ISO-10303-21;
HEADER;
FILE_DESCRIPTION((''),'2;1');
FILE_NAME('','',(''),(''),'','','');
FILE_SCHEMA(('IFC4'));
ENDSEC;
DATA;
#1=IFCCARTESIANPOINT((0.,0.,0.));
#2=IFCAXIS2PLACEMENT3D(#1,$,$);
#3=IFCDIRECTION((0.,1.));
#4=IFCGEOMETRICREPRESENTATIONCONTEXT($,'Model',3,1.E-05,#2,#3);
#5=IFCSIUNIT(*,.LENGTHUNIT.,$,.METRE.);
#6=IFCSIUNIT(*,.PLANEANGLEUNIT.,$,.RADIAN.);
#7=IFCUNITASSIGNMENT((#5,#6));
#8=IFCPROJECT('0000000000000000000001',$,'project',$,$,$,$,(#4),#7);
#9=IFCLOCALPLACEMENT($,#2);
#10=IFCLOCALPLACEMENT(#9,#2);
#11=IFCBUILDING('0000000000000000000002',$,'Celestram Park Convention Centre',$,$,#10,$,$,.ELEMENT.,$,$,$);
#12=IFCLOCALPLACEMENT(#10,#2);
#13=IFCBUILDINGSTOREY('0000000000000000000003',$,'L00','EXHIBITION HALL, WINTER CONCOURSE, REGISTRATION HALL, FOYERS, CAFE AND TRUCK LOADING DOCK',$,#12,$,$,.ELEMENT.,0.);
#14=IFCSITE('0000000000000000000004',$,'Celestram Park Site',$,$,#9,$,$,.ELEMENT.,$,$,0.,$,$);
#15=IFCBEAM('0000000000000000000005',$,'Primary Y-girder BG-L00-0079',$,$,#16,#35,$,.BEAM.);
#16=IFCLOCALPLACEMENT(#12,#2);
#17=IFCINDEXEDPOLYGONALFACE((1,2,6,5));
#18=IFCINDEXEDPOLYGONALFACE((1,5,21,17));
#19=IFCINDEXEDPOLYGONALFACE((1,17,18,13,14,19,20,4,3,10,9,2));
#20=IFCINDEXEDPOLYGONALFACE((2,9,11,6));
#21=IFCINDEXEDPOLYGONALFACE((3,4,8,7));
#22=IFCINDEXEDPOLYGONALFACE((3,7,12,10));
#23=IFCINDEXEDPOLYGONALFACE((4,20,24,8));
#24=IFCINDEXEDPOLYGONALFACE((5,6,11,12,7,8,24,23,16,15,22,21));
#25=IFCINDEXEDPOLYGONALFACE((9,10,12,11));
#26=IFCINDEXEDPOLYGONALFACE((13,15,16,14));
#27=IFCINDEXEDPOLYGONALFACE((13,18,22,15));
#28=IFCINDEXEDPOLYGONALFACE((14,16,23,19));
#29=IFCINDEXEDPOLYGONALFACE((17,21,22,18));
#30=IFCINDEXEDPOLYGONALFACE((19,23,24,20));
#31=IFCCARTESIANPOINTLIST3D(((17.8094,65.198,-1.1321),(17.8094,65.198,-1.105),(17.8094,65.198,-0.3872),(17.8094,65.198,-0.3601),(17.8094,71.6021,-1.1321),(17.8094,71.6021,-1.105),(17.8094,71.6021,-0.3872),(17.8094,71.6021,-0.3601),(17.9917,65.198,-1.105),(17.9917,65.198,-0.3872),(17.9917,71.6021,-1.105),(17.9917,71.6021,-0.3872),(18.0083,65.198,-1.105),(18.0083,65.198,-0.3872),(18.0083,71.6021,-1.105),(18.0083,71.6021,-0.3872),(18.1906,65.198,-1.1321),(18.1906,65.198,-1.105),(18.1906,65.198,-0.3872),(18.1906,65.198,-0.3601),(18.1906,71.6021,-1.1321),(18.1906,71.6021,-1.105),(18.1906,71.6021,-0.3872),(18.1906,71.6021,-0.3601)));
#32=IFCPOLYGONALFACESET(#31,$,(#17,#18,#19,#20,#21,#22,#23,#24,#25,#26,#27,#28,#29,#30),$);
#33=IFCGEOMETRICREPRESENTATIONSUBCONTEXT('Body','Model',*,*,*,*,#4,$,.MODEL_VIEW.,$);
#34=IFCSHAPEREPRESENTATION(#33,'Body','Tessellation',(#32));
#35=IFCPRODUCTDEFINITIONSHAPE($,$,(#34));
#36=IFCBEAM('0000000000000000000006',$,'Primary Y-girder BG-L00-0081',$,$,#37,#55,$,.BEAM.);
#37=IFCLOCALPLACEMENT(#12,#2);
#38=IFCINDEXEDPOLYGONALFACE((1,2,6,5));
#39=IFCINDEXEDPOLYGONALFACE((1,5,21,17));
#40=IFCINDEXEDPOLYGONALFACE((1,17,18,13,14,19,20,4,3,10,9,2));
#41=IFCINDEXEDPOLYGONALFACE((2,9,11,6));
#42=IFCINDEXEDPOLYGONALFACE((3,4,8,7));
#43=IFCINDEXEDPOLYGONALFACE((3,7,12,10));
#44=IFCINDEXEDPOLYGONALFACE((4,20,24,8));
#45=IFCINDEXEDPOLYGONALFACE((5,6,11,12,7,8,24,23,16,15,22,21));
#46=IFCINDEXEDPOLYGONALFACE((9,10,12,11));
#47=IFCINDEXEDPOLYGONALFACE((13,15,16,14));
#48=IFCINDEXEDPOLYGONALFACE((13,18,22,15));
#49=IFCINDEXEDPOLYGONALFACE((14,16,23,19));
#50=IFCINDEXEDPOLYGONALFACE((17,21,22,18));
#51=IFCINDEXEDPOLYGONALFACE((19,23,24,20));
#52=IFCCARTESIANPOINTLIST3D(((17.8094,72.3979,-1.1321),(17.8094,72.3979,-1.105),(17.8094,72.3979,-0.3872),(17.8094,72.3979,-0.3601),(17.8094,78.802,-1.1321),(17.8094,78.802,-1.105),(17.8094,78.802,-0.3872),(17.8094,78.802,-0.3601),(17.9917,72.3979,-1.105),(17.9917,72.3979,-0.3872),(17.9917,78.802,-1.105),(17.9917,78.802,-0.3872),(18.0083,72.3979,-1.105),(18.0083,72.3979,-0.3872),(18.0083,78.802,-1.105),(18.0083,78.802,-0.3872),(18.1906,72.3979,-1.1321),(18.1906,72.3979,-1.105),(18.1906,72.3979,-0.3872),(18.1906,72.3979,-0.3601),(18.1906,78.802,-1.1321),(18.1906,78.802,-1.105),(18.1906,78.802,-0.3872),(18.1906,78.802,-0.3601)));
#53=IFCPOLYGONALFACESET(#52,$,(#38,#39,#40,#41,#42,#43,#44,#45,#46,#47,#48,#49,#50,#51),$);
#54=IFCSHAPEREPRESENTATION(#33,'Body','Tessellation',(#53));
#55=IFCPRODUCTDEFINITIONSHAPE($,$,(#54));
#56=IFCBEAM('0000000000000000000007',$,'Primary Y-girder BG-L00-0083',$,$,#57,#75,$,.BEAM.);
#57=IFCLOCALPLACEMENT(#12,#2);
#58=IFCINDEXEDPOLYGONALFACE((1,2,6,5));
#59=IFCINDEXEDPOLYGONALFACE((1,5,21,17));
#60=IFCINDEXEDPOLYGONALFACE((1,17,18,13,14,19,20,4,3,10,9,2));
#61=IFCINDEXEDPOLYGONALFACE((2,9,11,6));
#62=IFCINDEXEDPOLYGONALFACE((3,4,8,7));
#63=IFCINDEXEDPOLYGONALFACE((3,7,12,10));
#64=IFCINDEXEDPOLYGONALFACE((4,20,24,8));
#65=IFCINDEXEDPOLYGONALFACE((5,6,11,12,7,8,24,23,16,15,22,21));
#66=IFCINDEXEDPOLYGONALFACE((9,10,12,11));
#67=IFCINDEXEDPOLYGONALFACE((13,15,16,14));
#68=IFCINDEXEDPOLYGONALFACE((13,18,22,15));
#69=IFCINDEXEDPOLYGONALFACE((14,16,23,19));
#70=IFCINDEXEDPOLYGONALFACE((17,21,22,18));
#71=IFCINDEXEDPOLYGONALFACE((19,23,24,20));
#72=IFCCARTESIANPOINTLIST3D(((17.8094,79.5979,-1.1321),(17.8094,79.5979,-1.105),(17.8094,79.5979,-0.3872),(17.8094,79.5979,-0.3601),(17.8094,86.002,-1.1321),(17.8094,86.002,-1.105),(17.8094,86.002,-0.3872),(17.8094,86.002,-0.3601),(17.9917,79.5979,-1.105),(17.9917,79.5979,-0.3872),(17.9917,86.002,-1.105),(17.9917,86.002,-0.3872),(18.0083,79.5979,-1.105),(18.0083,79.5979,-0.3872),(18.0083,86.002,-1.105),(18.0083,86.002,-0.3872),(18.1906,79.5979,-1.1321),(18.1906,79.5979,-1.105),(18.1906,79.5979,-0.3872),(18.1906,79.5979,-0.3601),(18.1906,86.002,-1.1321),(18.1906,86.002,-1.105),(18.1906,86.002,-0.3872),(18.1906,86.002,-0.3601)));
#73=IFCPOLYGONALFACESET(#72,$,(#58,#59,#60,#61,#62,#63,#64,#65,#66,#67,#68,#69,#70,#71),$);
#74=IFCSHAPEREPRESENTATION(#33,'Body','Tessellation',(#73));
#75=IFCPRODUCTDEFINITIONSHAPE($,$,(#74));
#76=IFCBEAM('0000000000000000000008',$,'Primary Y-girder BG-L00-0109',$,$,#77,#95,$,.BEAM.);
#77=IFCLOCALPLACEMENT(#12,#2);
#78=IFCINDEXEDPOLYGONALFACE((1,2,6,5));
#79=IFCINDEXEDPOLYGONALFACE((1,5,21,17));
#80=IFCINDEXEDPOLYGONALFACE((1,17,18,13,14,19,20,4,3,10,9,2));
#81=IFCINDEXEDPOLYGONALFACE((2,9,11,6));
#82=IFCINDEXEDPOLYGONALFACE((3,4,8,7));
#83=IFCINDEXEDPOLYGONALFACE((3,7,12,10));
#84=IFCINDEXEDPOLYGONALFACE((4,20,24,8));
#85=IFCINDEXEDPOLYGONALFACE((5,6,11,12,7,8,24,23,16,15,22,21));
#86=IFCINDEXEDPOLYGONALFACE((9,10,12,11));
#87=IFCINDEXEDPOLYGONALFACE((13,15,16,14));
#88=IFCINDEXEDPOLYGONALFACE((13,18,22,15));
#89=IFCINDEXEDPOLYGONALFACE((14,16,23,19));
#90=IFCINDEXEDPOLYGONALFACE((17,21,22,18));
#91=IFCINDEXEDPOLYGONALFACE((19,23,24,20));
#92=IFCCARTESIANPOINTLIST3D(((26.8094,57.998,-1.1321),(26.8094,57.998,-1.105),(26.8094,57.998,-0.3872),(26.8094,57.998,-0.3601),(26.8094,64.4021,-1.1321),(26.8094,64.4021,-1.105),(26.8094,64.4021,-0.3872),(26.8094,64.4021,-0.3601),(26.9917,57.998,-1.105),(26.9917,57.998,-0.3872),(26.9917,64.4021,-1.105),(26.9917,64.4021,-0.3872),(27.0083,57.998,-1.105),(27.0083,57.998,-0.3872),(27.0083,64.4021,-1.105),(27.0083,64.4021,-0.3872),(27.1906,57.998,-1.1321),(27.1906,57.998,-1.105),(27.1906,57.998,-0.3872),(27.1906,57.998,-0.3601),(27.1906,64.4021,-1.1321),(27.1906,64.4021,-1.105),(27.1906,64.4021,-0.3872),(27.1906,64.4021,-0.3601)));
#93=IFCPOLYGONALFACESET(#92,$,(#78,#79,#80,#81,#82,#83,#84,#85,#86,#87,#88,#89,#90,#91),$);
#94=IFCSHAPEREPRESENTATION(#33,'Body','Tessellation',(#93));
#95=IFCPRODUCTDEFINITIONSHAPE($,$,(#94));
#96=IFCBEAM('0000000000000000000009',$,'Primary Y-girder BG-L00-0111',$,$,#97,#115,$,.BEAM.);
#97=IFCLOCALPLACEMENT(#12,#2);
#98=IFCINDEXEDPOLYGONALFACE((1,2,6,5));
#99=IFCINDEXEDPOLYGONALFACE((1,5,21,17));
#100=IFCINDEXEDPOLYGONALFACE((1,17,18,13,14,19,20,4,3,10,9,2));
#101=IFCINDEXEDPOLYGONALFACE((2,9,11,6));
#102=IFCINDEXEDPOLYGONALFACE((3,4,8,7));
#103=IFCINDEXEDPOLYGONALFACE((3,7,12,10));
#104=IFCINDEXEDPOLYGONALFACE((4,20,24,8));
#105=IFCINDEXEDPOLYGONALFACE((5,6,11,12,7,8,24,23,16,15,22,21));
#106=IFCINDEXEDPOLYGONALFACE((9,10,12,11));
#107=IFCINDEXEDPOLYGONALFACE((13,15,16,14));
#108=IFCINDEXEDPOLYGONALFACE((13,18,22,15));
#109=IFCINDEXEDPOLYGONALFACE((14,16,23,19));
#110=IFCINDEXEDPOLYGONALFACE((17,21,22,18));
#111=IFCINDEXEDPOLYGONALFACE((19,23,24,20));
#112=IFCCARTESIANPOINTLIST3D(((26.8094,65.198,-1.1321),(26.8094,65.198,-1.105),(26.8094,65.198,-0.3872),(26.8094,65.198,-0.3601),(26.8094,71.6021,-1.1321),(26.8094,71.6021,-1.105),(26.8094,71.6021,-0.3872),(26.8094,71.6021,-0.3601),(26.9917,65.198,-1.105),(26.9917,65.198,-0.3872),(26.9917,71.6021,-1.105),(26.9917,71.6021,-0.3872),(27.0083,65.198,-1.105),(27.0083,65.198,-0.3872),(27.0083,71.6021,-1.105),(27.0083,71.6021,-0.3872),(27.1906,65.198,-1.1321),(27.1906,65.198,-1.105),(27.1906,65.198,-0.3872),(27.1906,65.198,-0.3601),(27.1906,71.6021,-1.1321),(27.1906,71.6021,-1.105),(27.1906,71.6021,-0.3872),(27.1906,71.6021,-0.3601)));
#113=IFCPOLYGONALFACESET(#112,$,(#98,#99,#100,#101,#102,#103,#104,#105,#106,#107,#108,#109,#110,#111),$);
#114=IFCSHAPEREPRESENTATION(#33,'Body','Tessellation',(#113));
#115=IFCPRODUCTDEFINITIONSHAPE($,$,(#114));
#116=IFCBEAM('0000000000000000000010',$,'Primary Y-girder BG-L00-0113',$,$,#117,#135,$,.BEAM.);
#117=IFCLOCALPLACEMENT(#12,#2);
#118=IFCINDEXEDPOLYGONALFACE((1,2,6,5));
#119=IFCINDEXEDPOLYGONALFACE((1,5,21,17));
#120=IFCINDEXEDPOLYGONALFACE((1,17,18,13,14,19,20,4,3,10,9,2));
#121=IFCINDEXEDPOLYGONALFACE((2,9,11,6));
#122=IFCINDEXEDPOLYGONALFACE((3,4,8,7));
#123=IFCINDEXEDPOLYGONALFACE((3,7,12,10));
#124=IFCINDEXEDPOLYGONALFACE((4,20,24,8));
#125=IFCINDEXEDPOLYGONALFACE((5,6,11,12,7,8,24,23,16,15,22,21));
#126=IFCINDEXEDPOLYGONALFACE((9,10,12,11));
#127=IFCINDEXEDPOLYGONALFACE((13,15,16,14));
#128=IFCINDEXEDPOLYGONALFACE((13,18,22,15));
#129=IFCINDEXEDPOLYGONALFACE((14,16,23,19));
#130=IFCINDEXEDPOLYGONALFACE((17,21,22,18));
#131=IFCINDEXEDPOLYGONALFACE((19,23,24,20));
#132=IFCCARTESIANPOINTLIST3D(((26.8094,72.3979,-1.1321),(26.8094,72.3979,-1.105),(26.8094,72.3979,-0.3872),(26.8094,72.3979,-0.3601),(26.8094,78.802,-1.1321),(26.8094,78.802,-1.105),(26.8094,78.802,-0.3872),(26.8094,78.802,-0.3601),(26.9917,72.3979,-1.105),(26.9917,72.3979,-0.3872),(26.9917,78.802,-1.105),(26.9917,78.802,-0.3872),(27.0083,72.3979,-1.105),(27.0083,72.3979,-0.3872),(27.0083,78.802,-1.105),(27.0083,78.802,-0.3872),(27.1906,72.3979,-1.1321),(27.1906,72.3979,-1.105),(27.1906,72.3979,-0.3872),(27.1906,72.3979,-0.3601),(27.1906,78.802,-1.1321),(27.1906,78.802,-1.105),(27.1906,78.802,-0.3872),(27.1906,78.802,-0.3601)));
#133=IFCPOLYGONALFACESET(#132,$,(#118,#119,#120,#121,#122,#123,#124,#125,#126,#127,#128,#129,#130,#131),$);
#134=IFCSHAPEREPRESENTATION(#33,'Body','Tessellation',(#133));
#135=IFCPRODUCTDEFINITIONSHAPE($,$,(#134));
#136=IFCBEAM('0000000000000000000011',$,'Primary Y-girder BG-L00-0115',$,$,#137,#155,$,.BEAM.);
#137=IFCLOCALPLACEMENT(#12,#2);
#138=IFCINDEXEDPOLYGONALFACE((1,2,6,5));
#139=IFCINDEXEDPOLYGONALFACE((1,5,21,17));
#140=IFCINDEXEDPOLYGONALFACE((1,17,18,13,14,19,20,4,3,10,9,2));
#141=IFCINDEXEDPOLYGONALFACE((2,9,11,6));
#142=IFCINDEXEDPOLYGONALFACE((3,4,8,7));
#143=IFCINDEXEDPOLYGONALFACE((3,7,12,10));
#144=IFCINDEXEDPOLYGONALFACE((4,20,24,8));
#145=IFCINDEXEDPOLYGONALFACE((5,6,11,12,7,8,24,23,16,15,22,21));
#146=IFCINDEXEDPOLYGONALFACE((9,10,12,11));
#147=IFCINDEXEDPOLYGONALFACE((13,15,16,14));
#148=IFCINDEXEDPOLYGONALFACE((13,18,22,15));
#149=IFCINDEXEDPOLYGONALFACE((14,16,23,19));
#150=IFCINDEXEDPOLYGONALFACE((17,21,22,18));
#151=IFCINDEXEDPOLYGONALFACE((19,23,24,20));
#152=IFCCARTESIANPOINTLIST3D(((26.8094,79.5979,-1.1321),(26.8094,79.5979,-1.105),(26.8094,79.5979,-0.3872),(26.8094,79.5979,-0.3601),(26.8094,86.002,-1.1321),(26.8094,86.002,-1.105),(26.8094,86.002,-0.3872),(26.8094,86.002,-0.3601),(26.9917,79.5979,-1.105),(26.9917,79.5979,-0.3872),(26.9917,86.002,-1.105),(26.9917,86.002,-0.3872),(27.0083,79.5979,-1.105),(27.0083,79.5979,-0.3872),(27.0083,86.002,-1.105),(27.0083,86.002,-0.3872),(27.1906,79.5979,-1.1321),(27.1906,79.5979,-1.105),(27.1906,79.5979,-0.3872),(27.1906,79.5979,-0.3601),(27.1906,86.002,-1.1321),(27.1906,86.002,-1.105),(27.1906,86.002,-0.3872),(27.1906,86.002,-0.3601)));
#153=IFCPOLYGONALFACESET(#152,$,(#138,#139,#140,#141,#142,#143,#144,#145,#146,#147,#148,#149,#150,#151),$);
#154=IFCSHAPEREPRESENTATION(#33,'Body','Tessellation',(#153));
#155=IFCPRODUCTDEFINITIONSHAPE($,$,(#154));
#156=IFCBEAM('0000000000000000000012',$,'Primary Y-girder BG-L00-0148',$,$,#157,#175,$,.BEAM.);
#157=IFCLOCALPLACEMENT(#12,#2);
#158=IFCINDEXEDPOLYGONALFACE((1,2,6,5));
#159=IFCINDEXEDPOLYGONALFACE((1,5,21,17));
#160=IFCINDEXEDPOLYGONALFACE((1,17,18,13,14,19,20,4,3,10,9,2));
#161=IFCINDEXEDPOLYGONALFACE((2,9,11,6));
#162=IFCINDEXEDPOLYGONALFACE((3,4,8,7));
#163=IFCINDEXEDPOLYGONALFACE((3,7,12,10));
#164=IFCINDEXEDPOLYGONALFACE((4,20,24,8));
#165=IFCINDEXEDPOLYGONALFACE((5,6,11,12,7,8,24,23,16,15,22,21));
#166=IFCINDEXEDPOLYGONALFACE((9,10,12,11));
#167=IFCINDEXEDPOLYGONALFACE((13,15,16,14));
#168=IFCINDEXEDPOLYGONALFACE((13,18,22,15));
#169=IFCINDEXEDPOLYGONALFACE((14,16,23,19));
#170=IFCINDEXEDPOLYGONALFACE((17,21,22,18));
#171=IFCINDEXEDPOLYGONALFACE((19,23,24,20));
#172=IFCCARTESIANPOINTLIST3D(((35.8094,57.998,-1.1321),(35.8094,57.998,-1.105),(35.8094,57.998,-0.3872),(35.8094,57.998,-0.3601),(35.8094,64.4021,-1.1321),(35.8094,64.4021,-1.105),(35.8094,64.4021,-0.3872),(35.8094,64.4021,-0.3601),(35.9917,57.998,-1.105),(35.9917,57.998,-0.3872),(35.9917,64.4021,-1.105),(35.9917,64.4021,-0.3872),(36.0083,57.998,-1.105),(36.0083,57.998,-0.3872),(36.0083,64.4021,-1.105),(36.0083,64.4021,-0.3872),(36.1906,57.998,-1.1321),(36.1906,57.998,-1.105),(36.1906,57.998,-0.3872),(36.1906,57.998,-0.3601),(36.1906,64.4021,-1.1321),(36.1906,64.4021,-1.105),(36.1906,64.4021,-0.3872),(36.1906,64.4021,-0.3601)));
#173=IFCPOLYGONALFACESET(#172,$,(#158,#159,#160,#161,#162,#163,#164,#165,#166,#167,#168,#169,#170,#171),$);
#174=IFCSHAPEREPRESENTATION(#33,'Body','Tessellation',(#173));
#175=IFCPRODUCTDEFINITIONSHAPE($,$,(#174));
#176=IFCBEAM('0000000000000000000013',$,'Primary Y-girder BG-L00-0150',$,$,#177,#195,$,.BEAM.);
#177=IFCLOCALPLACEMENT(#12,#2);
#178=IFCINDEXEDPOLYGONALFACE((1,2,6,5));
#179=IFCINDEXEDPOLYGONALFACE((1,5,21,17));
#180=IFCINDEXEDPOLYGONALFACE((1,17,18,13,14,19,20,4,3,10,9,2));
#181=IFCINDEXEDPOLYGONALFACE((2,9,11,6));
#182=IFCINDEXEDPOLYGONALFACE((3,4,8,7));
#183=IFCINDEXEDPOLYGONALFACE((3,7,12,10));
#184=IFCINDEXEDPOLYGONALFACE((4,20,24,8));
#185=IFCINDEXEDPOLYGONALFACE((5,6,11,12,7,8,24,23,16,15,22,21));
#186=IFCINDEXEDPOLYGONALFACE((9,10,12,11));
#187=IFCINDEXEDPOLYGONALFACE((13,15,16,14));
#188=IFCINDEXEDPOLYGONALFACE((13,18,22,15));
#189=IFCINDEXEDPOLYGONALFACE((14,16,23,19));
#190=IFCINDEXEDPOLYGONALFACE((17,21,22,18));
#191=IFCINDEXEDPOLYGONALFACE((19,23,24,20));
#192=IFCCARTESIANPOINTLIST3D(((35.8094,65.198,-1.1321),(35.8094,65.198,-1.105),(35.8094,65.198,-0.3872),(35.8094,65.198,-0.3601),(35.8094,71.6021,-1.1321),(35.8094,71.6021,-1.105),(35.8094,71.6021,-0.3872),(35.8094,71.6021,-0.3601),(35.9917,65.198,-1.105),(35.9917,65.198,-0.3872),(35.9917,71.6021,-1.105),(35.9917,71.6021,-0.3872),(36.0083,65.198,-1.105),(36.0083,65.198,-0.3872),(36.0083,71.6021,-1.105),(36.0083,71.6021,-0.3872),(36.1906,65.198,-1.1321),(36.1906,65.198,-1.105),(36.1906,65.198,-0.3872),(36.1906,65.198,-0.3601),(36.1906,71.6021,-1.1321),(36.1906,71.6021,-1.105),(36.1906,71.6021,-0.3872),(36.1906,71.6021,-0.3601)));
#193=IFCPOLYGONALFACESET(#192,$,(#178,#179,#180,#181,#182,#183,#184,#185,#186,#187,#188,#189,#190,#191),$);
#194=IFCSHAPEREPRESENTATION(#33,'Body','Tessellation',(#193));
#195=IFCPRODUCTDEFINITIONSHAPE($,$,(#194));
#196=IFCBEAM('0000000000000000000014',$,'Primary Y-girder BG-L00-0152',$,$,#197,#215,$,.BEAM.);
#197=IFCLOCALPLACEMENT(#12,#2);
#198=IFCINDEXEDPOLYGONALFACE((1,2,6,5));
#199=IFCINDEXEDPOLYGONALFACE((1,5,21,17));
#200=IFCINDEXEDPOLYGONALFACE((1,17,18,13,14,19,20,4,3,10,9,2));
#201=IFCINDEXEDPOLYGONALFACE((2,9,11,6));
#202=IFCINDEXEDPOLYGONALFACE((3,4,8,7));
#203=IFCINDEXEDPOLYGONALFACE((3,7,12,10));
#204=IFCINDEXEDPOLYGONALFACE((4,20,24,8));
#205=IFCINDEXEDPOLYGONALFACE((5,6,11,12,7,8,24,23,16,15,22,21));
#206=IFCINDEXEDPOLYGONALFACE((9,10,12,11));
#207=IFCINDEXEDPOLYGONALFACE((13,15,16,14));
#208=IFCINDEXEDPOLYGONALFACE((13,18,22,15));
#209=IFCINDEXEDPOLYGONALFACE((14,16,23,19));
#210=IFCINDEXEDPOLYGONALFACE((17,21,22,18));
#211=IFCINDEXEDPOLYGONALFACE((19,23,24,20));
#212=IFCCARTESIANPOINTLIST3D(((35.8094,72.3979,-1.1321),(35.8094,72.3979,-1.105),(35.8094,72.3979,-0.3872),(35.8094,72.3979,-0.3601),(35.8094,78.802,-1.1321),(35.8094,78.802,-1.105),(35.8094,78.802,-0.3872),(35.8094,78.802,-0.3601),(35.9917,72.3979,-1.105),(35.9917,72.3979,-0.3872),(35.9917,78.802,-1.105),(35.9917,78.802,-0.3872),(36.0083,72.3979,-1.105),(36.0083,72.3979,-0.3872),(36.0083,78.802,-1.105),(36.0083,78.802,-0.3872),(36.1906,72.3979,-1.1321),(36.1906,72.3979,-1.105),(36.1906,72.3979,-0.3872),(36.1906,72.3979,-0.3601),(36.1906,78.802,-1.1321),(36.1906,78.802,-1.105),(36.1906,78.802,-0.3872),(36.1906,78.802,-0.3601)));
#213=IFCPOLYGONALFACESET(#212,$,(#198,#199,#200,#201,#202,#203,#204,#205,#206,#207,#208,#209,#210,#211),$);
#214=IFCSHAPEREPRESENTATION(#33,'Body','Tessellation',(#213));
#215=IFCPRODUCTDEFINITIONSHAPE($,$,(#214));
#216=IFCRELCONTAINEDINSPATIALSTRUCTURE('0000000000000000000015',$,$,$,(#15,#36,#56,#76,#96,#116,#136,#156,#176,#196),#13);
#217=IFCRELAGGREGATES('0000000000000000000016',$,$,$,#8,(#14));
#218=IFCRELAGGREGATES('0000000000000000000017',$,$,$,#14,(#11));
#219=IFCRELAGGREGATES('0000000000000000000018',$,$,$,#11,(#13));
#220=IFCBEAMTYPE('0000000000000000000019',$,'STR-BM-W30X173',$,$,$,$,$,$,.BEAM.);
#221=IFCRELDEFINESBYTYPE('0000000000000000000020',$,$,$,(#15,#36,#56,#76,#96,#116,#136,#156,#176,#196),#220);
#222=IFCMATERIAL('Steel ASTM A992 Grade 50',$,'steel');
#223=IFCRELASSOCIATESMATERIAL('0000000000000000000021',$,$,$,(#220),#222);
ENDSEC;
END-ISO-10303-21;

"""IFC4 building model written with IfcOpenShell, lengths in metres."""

from ifc_helpers import new_model, si_unit, direction, frame, origin, origin_2d, place, context, subcontext, project, spatial, i_section, extrude, material, material_profile, profile_set, type_object, element, save


model = new_model("IFC4")

# Units and contexts
model_context = context("Model", 3, precision=1e-05, world=origin(), true_north=direction((0.0, 1.0)))
body_context = subcontext(model_context, "Body", "Model", "MODEL_VIEW")
ifc_project = project(units=[si_unit("LENGTHUNIT", "METRE"), si_unit("PLANEANGLEUNIT", "RADIAN")], contexts=[model_context])

# Site, building, storey
site_placement = place(None, origin())
site = spatial("IfcSite", under=ifc_project, at=site_placement, Name="Celestram Park Site", CompositionType="ELEMENT", RefElevation=0.0)
building_placement = place(site_placement, origin())
building = spatial("IfcBuilding", under=site, at=building_placement, Name="Celestram Park Convention Centre", CompositionType="ELEMENT")
storey_placement = place(building_placement, origin())
storey = spatial("IfcBuildingStorey", under=building, at=storey_placement, Name="L00", Description="EXHIBITION HALL, WINTER CONCOURSE, REGISTRATION HALL, FOYERS, CAFE AND TRUCK LOADING DOCK", CompositionType="ELEMENT", Elevation=0.0)

# Beams
ifc_material = material(Name="Steel ASTM A992 Grade 50", Category="steel")
ifc_material_profile_1 = material_profile(ifc_material, i_section(OverallWidth=0.3811, OverallDepth=0.772, WebThickness=0.0166, FlangeThickness=0.0271, at=origin_2d()), Name="W30X173")
ifc_profile_set_1 = profile_set([ifc_material_profile_1], Name="Steel ASTM A992 Grade 50")
beam_type_1 = type_object("IfcBeamType", Name="STR-BM-W30X173", PredefinedType="BEAM", material=ifc_profile_set_1)
for number, where, z_axis, x_axis, name in (
    (1, (18.0, 65.198, -0.7461), (0.0, 1.0, 0.0), (-1.0, 0.0, 0.0), "Primary Y-girder BG-L00-0079"),
    (2, (18.0, 72.3979, -0.7461), (0.0, 1.0, 0.0), (-1.0, 0.0, 0.0), "Primary Y-girder BG-L00-0081"),
    (3, (18.0, 79.5979, -0.7461), (0.0, 1.0, 0.0), (-1.0, 0.0, 0.0), "Primary Y-girder BG-L00-0083"),
    (4, (27.0, 57.998, -0.7461), (0.0, 1.0, 0.0), (-1.0, 0.0, 0.0), "Primary Y-girder BG-L00-0109"),
    (5, (27.0, 65.198, -0.7461), (0.0, 1.0, 0.0), (-1.0, 0.0, 0.0), "Primary Y-girder BG-L00-0111"),
    (6, (27.0, 72.3979, -0.7461), (0.0, 1.0, 0.0), (-1.0, 0.0, 0.0), "Primary Y-girder BG-L00-0113"),
    (7, (27.0, 79.5979, -0.7461), (0.0, 1.0, 0.0), (-1.0, 0.0, 0.0), "Primary Y-girder BG-L00-0115"),
    (8, (36.0, 57.998, -0.7461), (0.0, 1.0, 0.0), (-1.0, 0.0, 0.0), "Primary Y-girder BG-L00-0148"),
    (9, (36.0, 65.198, -0.7461), (0.0, 1.0, 0.0), (-1.0, 0.0, 0.0), "Primary Y-girder BG-L00-0150"),
    (10, (36.0, 72.3979, -0.7461), (0.0, 1.0, 0.0), (-1.0, 0.0, 0.0), "Primary Y-girder BG-L00-0152"),
):
    element("IfcBeam", number, at=place(storey_placement, frame(where, z_axis=z_axis, x_axis=x_axis)), inside=storey, type_object=beam_type_1, Name=name, PredefinedType="BEAM", context=body_context, shape_type="SweptSolid", body=[
        extrude(i_section(OverallWidth=0.3811, OverallDepth=0.772, WebThickness=0.0166, FlangeThickness=0.0271, at=origin_2d()), origin(), (0.0, 0.0, 1.0), 6.4041),
    ])

save(model, "model.ifc")
